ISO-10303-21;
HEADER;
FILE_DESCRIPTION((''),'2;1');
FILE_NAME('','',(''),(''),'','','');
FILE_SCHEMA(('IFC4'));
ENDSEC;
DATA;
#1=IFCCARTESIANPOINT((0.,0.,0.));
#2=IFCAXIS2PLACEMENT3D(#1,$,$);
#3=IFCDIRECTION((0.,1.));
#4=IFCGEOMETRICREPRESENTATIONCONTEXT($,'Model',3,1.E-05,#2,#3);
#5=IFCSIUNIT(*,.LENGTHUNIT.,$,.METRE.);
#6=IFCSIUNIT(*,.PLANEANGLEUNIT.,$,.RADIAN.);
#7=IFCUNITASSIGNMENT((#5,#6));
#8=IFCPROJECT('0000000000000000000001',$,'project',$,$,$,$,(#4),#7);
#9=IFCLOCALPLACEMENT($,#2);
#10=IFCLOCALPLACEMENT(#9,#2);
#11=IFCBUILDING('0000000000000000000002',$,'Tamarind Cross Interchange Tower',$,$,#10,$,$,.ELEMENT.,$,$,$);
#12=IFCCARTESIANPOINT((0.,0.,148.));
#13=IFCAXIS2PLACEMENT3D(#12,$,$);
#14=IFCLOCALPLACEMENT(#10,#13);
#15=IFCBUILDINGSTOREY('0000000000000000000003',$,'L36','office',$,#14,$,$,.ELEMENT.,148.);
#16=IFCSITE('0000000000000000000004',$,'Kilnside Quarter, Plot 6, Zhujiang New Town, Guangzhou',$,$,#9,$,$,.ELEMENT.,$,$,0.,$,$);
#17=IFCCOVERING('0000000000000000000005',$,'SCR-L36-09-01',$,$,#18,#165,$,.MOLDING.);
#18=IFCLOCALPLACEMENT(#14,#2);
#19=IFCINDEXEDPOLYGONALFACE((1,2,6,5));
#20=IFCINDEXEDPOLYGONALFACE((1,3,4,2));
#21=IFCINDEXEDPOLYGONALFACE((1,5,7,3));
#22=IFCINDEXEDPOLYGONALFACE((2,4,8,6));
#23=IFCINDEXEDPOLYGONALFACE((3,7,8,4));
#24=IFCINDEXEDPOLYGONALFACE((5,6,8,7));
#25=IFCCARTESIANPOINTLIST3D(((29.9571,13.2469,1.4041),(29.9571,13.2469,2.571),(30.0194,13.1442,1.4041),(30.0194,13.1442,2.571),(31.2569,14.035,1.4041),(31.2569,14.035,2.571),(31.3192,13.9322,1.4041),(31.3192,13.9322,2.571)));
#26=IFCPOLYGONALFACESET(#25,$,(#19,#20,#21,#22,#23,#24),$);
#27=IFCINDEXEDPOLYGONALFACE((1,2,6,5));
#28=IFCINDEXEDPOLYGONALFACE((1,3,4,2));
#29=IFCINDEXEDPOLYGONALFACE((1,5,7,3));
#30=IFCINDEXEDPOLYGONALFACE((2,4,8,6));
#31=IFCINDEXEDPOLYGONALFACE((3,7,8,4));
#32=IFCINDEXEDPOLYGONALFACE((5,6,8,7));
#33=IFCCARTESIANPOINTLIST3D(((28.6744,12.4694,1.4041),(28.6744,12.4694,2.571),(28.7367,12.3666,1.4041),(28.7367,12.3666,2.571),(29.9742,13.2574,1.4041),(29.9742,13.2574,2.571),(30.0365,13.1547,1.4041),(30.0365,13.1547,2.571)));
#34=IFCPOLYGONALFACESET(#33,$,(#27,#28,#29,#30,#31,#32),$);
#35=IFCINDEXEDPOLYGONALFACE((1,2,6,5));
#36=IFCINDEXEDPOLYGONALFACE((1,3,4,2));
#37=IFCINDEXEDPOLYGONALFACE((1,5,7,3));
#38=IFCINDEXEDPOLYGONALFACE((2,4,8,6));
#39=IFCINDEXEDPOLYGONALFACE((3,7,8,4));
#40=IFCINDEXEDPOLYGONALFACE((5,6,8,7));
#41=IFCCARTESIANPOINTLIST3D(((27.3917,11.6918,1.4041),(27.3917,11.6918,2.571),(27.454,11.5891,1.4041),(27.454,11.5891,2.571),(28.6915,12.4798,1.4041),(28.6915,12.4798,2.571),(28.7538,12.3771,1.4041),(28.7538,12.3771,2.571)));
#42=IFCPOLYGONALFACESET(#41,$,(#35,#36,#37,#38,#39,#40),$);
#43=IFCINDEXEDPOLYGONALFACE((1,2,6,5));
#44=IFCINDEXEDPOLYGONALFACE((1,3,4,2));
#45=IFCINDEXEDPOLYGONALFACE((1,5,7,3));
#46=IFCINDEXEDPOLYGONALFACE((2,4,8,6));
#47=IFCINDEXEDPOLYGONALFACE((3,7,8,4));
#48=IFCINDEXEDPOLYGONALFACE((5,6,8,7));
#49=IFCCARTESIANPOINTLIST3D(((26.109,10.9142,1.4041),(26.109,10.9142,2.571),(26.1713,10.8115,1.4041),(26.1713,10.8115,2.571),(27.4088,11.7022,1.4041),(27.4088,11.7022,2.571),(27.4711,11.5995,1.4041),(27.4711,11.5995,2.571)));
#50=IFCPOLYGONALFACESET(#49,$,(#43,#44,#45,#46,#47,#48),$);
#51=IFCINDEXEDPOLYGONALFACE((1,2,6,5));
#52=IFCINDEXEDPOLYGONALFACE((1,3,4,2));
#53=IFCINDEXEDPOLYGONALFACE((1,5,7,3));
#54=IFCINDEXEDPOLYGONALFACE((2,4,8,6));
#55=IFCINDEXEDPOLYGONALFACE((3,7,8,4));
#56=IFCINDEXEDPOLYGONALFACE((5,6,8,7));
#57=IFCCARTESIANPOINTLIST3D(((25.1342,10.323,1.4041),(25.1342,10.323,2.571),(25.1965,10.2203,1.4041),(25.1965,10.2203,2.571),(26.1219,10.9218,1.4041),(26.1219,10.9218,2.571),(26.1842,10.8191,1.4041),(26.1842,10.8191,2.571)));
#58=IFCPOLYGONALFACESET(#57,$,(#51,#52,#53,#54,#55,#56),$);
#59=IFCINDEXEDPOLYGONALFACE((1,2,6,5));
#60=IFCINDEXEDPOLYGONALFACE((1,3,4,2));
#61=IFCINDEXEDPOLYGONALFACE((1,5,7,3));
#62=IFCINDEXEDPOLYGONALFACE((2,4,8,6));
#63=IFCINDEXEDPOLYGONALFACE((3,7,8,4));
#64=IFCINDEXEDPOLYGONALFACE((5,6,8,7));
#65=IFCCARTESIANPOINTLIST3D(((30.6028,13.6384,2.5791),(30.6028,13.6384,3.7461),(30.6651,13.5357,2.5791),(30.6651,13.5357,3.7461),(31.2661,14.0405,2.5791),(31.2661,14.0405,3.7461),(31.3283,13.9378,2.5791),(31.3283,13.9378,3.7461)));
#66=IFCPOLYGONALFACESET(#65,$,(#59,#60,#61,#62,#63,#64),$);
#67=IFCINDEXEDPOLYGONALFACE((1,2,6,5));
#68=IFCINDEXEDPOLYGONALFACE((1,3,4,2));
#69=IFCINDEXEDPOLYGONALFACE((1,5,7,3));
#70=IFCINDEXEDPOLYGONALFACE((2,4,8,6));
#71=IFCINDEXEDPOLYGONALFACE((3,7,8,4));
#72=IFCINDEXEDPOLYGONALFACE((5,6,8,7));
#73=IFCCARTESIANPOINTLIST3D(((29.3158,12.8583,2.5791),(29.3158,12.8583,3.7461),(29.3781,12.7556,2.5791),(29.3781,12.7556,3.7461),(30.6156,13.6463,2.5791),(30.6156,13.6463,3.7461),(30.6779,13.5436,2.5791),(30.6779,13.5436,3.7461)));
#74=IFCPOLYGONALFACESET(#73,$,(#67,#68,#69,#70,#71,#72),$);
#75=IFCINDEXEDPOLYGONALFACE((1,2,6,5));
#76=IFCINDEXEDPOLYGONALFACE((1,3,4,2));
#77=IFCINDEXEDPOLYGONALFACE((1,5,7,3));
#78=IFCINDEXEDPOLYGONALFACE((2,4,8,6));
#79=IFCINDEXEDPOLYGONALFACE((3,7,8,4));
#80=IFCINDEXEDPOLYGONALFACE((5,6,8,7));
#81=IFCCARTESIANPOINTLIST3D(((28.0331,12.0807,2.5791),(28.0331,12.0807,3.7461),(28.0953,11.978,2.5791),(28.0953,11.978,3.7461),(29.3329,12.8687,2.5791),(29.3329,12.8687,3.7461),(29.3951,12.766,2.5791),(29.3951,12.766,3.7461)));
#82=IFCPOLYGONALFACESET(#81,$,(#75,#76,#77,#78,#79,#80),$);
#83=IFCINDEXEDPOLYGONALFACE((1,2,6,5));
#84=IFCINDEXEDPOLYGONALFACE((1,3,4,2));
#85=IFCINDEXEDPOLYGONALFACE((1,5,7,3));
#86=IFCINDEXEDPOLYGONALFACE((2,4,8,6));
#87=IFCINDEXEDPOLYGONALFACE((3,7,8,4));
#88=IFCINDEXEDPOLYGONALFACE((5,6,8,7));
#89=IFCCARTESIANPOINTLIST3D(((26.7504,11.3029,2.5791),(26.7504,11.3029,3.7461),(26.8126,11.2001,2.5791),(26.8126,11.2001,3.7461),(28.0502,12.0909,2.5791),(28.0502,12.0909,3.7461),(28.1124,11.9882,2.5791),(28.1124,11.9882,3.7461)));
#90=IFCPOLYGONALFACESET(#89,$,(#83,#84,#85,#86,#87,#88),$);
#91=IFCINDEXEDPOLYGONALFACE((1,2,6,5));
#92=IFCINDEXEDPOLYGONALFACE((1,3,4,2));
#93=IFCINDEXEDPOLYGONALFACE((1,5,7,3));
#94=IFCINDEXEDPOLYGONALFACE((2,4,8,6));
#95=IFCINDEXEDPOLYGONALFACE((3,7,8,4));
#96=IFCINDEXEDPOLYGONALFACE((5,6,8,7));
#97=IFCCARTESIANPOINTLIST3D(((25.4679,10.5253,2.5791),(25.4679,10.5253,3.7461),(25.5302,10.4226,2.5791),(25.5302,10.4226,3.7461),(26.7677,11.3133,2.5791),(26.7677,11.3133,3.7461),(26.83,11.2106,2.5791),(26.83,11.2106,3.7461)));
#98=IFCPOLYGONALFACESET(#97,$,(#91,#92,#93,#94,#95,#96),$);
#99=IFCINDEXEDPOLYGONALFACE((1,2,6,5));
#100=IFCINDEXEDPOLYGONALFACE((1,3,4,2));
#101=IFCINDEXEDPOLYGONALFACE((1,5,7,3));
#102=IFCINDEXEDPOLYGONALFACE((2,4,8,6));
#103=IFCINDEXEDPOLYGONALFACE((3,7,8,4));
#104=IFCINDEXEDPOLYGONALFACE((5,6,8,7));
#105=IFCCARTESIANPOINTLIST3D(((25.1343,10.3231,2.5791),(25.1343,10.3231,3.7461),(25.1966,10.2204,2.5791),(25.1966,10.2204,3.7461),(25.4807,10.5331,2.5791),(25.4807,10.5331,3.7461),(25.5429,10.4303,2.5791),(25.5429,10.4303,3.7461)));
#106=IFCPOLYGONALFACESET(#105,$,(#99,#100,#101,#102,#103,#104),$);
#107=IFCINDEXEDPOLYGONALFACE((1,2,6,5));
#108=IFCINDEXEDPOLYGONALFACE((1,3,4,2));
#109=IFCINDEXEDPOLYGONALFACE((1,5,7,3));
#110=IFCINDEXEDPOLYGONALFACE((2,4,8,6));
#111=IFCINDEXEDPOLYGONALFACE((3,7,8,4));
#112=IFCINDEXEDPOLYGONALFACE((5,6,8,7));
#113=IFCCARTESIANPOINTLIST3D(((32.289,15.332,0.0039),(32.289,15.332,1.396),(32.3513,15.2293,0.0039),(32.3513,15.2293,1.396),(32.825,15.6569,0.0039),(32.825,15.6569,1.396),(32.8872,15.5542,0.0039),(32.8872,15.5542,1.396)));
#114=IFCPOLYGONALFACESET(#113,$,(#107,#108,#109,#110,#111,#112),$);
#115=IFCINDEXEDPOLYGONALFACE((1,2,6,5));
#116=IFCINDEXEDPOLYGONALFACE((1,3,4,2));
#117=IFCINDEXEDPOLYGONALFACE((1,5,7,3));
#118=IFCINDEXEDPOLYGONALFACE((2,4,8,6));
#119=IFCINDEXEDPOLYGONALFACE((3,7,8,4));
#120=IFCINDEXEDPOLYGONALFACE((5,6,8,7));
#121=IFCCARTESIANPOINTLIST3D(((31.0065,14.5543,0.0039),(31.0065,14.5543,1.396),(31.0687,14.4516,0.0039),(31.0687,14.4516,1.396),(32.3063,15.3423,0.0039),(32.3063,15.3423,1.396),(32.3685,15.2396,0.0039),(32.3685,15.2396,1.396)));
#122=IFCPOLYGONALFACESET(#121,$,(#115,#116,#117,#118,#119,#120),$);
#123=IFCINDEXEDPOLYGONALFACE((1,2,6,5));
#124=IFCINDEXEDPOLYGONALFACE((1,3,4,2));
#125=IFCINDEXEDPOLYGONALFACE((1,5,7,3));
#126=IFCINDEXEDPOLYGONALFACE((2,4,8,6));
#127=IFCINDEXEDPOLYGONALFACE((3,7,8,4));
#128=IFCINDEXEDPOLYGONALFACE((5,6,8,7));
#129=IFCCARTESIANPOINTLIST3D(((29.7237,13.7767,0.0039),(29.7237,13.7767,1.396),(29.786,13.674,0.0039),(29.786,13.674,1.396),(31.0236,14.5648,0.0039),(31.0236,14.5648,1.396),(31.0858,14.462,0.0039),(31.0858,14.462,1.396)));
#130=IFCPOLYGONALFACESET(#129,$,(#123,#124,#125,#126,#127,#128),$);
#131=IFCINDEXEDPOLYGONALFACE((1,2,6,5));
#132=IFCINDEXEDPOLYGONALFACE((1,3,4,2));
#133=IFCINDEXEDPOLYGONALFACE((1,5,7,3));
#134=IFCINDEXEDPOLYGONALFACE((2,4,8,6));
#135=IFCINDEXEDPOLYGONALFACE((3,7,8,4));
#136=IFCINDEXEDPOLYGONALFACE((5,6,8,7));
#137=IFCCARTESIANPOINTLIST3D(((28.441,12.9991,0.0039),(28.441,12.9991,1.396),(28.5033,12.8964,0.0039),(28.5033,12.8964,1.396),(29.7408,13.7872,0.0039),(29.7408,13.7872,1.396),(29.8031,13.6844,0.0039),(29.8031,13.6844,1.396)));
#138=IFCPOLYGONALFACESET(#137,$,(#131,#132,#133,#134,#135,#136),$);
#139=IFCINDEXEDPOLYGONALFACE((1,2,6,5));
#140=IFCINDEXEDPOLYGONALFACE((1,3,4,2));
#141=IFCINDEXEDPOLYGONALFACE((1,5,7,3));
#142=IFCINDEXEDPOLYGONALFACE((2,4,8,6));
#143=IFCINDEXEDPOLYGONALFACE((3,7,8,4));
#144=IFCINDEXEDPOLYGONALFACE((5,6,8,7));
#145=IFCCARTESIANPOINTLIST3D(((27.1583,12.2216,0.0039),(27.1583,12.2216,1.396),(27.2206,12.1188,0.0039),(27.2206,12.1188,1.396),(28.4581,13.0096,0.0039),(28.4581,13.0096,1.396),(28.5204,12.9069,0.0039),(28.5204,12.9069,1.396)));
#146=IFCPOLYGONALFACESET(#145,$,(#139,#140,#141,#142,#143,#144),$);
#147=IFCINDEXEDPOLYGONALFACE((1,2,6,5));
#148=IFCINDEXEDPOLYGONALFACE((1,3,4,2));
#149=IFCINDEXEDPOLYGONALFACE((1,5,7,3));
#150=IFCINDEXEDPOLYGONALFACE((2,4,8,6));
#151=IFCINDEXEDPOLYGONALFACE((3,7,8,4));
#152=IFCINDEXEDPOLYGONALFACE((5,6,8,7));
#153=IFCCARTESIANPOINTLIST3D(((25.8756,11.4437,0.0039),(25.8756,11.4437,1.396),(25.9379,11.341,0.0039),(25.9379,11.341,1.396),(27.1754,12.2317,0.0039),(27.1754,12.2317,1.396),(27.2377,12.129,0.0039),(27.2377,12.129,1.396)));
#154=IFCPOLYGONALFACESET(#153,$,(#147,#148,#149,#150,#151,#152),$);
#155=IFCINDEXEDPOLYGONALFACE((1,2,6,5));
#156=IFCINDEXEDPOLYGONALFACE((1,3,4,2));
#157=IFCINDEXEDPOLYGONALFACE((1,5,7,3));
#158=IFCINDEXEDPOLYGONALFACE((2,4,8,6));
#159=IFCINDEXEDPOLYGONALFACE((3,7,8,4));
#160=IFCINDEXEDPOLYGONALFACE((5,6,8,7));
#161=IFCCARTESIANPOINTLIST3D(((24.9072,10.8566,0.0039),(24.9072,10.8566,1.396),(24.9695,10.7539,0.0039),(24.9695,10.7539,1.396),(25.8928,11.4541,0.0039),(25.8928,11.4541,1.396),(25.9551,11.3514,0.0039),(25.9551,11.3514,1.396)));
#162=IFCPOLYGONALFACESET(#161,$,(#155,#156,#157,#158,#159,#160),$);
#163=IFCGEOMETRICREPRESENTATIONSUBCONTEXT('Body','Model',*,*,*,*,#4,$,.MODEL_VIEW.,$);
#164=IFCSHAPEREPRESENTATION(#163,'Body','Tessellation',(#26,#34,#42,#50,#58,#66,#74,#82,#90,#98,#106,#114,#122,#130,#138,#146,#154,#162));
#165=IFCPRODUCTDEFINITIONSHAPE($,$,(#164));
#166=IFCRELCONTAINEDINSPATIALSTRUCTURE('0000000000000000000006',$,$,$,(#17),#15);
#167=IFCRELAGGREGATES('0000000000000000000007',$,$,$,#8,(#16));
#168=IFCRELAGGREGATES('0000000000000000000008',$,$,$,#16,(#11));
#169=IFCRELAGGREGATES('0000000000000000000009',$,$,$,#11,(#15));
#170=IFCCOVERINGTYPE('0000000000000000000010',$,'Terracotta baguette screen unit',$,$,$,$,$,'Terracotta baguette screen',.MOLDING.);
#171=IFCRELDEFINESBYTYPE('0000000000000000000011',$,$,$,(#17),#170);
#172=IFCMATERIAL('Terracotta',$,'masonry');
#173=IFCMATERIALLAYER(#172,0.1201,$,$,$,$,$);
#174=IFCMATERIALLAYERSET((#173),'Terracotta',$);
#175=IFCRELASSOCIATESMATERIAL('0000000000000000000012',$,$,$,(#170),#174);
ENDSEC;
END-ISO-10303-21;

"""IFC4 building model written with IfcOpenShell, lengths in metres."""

from ifc_helpers import new_model, si_unit, direction, frame, origin, origin_2d, place, context, subcontext, project, spatial, rectangle, extrude, material, layer, layer_set, type_object, element, save


model = new_model("IFC4")

# Units and contexts
model_context = context("Model", 3, precision=1e-05, world=origin(), true_north=direction((0.0, 1.0)))
body_context = subcontext(model_context, "Body", "Model", "MODEL_VIEW")
ifc_project = project(units=[si_unit("LENGTHUNIT", "METRE"), si_unit("PLANEANGLEUNIT", "RADIAN")], contexts=[model_context])

# Site, building, storey
site_placement = place(None, origin())
site = spatial("IfcSite", under=ifc_project, at=site_placement, Name="Kilnside Quarter, Plot 6, Zhujiang New Town, Guangzhou", CompositionType="ELEMENT", RefElevation=0.0)
building_placement = place(site_placement, origin())
building = spatial("IfcBuilding", under=site, at=building_placement, Name="Tamarind Cross Interchange Tower", CompositionType="ELEMENT")
storey_placement = place(building_placement, frame((0.0, 0.0, 148.0)))
storey = spatial("IfcBuildingStorey", under=building, at=storey_placement, Name="L36", Description="office", CompositionType="ELEMENT", Elevation=148.0)

# Covering
ifc_material_1 = material(Name="Terracotta", Category="masonry")
ifc_layer_1 = layer(ifc_material_1, 0.1201)
ifc_layer_set_1 = layer_set([ifc_layer_1], Name="Terracotta")
covering_type = type_object("IfcCoveringType", Name="Terracotta baguette screen unit", ElementType="Terracotta baguette screen", PredefinedType="MOLDING", material=ifc_layer_set_1)
covering_1_placement = place(storey_placement, origin())
element("IfcCovering", 1, at=covering_1_placement, inside=storey, type_object=covering_type, Name="SCR-L36-09-01", PredefinedType="MOLDING", context=body_context, shape_type="SweptSolid", body=[
    extrude(rectangle(XDim=1.52, YDim=0.1201, at=origin_2d()), frame((30.6382, 13.5896, 1.4041), z_axis=(0.0, 0.0, 1.0), x_axis=(-0.855123, -0.518425, 0.0)), (0.0, 0.0, 1.0), 1.167),
    extrude(rectangle(XDim=1.52, YDim=0.1201, at=origin_2d()), frame((29.3555, 12.812, 1.4041), z_axis=(0.0, 0.0, 1.0), x_axis=(-0.855123, -0.518425, 0.0)), (0.0, 0.0, 1.0), 1.167),
    extrude(rectangle(XDim=1.52, YDim=0.1201, at=origin_2d()), frame((28.0728, 12.0344, 1.4041), z_axis=(0.0, 0.0, 1.0), x_axis=(-0.855123, -0.518425, 0.0)), (0.0, 0.0, 1.0), 1.167),
    extrude(rectangle(XDim=1.52, YDim=0.1201, at=origin_2d()), frame((26.79, 11.2568, 1.4041), z_axis=(0.0, 0.0, 1.0), x_axis=(-0.855123, -0.518425, 0.0)), (0.0, 0.0, 1.0), 1.167),
    extrude(rectangle(XDim=1.155, YDim=0.1201, at=origin_2d()), frame((25.6592, 10.571, 1.4041), z_axis=(0.0, 0.0, 1.0), x_axis=(-0.855123, -0.518425, 0.0)), (0.0, 0.0, 1.0), 1.167),
    extrude(rectangle(XDim=0.7756, YDim=0.1201, at=origin_2d()), frame((30.9656, 13.7881, 2.5791), z_axis=(0.0, 0.0, 1.0), x_axis=(-0.855123, -0.518425, 0.0)), (0.0, 0.0, 1.0), 1.167),
    extrude(rectangle(XDim=1.52, YDim=0.1201, at=origin_2d()), frame((29.9968, 13.2009, 2.5791), z_axis=(0.0, 0.0, 1.0), x_axis=(-0.855123, -0.518425, 0.0)), (0.0, 0.0, 1.0), 1.167),
    extrude(rectangle(XDim=1.52, YDim=0.1201, at=origin_2d()), frame((28.7141, 12.4233, 2.5791), z_axis=(0.0, 0.0, 1.0), x_axis=(-0.855123, -0.518425, 0.0)), (0.0, 0.0, 1.0), 1.167),
    extrude(rectangle(XDim=1.52, YDim=0.1201, at=origin_2d()), frame((27.4314, 11.6455, 2.5791), z_axis=(0.0, 0.0, 1.0), x_axis=(-0.855123, -0.518425, 0.0)), (0.0, 0.0, 1.0), 1.167),
    extrude(rectangle(XDim=1.52, YDim=0.1201, at=origin_2d()), frame((26.1489, 10.8679, 2.5791), z_axis=(0.0, 0.0, 1.0), x_axis=(-0.855123, -0.518425, 0.0)), (0.0, 0.0, 1.0), 1.167),
    extrude(rectangle(XDim=0.405, YDim=0.1201, at=origin_2d()), frame((25.3386, 10.3767, 2.5791), z_axis=(0.0, 0.0, 1.0), x_axis=(-0.855123, -0.518425, 0.0)), (0.0, 0.0, 1.0), 1.167),
    extrude(rectangle(XDim=0.6267, YDim=0.1201, at=origin_2d()), frame((32.5881, 15.4431, 0.0039), z_axis=(0.0, 0.0, 1.0), x_axis=(-0.855123, -0.518425, 0.0)), (0.0, 0.0, 1.0), 1.3921),
    extrude(rectangle(XDim=1.52, YDim=0.1201, at=origin_2d()), frame((31.6875, 14.897, 0.0039), z_axis=(0.0, 0.0, 1.0), x_axis=(-0.855123, -0.518425, 0.0)), (0.0, 0.0, 1.0), 1.3921),
    extrude(rectangle(XDim=1.52, YDim=0.1201, at=origin_2d()), frame((30.4048, 14.1194, 0.0039), z_axis=(0.0, 0.0, 1.0), x_axis=(-0.855123, -0.518425, 0.0)), (0.0, 0.0, 1.0), 1.3921),
    extrude(rectangle(XDim=1.52, YDim=0.1201, at=origin_2d()), frame((29.1221, 13.3418, 0.0039), z_axis=(0.0, 0.0, 1.0), x_axis=(-0.855123, -0.518425, 0.0)), (0.0, 0.0, 1.0), 1.3921),
    extrude(rectangle(XDim=1.52, YDim=0.1201, at=origin_2d()), frame((27.8394, 12.5642, 0.0039), z_axis=(0.0, 0.0, 1.0), x_axis=(-0.855123, -0.518425, 0.0)), (0.0, 0.0, 1.0), 1.3921),
    extrude(rectangle(XDim=1.52, YDim=0.1201, at=origin_2d()), frame((26.5566, 11.7864, 0.0039), z_axis=(0.0, 0.0, 1.0), x_axis=(-0.855123, -0.518425, 0.0)), (0.0, 0.0, 1.0), 1.3921),
    extrude(rectangle(XDim=1.1526, YDim=0.1201, at=origin_2d()), frame((25.4312, 11.104, 0.0039), z_axis=(0.0, 0.0, 1.0), x_axis=(-0.855123, -0.518425, 0.0)), (0.0, 0.0, 1.0), 1.3921),
])

save(model, "model.ifc")
